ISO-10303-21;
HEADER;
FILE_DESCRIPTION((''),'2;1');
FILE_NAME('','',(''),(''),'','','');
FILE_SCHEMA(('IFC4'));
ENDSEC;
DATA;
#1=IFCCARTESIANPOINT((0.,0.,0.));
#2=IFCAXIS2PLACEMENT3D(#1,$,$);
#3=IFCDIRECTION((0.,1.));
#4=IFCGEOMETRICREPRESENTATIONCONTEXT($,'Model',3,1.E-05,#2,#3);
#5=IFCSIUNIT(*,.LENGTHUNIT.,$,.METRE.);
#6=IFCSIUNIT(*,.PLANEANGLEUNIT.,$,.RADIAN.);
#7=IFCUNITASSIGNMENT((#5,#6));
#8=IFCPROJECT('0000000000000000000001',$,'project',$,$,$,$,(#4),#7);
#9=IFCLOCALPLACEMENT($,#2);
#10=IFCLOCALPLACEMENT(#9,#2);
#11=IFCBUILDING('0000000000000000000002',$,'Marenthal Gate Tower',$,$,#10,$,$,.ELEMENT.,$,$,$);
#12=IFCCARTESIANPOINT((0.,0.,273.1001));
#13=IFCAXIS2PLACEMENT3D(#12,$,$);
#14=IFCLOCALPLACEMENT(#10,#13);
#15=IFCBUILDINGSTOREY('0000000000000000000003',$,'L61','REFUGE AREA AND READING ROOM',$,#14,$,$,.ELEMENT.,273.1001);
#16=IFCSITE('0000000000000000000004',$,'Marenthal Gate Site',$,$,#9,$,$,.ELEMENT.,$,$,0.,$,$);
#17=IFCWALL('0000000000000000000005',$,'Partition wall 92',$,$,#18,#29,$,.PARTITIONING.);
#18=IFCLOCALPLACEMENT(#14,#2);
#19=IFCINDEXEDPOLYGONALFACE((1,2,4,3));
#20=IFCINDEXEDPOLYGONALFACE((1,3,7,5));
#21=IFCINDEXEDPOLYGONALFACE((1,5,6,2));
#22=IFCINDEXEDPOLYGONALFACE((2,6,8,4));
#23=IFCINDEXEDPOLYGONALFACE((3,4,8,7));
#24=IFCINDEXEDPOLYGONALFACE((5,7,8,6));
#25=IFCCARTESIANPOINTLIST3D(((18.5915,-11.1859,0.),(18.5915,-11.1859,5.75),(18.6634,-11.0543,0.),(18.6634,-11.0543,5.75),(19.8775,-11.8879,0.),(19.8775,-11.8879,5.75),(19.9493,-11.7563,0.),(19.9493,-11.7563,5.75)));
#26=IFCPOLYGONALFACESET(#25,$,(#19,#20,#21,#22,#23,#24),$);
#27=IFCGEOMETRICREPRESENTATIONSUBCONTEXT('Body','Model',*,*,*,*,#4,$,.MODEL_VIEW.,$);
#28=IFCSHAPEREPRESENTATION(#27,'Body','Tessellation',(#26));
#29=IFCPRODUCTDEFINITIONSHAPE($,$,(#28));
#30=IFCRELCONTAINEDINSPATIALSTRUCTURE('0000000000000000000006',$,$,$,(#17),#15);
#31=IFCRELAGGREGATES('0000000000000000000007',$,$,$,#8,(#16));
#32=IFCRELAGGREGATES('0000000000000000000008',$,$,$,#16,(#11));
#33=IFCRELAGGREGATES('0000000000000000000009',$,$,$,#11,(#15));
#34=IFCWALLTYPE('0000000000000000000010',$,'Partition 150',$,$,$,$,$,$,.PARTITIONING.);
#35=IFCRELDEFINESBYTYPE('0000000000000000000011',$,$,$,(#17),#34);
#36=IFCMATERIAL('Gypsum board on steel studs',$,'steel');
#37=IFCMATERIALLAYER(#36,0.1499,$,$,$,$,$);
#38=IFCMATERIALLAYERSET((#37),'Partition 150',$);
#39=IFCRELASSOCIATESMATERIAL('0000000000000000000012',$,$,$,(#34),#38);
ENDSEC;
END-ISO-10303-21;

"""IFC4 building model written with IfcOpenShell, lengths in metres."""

from ifc_helpers import new_model, si_unit, direction, frame, frame_2d, origin, place, context, subcontext, project, spatial, rectangle, extrude, material, layer, layer_set, type_object, element, save


model = new_model("IFC4")

# Units and contexts
model_context = context("Model", 3, precision=1e-05, world=origin(), true_north=direction((0.0, 1.0)))
body_context = subcontext(model_context, "Body", "Model", "MODEL_VIEW")
ifc_project = project(units=[si_unit("LENGTHUNIT", "METRE"), si_unit("PLANEANGLEUNIT", "RADIAN")], contexts=[model_context])

# Site, building, storey
site_placement = place(None, origin())
site = spatial("IfcSite", under=ifc_project, at=site_placement, Name="Marenthal Gate Site", CompositionType="ELEMENT", RefElevation=0.0)
building_placement = place(site_placement, origin())
building = spatial("IfcBuilding", under=site, at=building_placement, Name="Marenthal Gate Tower", CompositionType="ELEMENT")
storey_placement = place(building_placement, frame((0.0, 0.0, 273.1001)))
storey = spatial("IfcBuildingStorey", under=building, at=storey_placement, Name="L61", Description="REFUGE AREA AND READING ROOM", CompositionType="ELEMENT", Elevation=273.1001)

# Wall
ifc_material_1 = material(Name="Gypsum board on steel studs", Category="steel")
ifc_layer_1 = layer(ifc_material_1, 0.1499)
ifc_layer_set_1 = layer_set([ifc_layer_1], Name="Partition 150")
wall_type_1 = type_object("IfcWallType", Name="Partition 150", PredefinedType="PARTITIONING", material=ifc_layer_set_1)
wall_1_placement = place(storey_placement, frame((19.9133, -11.822, 0.0), z_axis=(0.0, 0.0, 1.0), x_axis=(-0.877749, 0.479121, 0.0)))
element("IfcWall", 1, at=wall_1_placement, inside=storey, type_object=wall_type_1, Name="Partition wall 92", PredefinedType="PARTITIONING", context=body_context, shape_type="SweptSolid", body=[
    extrude(rectangle(XDim=1.4651, YDim=0.1499, at=frame_2d((0.7324, 0.0))), origin(), (0.0, 0.0, 1.0), 5.75),
])

save(model, "model.ifc")
